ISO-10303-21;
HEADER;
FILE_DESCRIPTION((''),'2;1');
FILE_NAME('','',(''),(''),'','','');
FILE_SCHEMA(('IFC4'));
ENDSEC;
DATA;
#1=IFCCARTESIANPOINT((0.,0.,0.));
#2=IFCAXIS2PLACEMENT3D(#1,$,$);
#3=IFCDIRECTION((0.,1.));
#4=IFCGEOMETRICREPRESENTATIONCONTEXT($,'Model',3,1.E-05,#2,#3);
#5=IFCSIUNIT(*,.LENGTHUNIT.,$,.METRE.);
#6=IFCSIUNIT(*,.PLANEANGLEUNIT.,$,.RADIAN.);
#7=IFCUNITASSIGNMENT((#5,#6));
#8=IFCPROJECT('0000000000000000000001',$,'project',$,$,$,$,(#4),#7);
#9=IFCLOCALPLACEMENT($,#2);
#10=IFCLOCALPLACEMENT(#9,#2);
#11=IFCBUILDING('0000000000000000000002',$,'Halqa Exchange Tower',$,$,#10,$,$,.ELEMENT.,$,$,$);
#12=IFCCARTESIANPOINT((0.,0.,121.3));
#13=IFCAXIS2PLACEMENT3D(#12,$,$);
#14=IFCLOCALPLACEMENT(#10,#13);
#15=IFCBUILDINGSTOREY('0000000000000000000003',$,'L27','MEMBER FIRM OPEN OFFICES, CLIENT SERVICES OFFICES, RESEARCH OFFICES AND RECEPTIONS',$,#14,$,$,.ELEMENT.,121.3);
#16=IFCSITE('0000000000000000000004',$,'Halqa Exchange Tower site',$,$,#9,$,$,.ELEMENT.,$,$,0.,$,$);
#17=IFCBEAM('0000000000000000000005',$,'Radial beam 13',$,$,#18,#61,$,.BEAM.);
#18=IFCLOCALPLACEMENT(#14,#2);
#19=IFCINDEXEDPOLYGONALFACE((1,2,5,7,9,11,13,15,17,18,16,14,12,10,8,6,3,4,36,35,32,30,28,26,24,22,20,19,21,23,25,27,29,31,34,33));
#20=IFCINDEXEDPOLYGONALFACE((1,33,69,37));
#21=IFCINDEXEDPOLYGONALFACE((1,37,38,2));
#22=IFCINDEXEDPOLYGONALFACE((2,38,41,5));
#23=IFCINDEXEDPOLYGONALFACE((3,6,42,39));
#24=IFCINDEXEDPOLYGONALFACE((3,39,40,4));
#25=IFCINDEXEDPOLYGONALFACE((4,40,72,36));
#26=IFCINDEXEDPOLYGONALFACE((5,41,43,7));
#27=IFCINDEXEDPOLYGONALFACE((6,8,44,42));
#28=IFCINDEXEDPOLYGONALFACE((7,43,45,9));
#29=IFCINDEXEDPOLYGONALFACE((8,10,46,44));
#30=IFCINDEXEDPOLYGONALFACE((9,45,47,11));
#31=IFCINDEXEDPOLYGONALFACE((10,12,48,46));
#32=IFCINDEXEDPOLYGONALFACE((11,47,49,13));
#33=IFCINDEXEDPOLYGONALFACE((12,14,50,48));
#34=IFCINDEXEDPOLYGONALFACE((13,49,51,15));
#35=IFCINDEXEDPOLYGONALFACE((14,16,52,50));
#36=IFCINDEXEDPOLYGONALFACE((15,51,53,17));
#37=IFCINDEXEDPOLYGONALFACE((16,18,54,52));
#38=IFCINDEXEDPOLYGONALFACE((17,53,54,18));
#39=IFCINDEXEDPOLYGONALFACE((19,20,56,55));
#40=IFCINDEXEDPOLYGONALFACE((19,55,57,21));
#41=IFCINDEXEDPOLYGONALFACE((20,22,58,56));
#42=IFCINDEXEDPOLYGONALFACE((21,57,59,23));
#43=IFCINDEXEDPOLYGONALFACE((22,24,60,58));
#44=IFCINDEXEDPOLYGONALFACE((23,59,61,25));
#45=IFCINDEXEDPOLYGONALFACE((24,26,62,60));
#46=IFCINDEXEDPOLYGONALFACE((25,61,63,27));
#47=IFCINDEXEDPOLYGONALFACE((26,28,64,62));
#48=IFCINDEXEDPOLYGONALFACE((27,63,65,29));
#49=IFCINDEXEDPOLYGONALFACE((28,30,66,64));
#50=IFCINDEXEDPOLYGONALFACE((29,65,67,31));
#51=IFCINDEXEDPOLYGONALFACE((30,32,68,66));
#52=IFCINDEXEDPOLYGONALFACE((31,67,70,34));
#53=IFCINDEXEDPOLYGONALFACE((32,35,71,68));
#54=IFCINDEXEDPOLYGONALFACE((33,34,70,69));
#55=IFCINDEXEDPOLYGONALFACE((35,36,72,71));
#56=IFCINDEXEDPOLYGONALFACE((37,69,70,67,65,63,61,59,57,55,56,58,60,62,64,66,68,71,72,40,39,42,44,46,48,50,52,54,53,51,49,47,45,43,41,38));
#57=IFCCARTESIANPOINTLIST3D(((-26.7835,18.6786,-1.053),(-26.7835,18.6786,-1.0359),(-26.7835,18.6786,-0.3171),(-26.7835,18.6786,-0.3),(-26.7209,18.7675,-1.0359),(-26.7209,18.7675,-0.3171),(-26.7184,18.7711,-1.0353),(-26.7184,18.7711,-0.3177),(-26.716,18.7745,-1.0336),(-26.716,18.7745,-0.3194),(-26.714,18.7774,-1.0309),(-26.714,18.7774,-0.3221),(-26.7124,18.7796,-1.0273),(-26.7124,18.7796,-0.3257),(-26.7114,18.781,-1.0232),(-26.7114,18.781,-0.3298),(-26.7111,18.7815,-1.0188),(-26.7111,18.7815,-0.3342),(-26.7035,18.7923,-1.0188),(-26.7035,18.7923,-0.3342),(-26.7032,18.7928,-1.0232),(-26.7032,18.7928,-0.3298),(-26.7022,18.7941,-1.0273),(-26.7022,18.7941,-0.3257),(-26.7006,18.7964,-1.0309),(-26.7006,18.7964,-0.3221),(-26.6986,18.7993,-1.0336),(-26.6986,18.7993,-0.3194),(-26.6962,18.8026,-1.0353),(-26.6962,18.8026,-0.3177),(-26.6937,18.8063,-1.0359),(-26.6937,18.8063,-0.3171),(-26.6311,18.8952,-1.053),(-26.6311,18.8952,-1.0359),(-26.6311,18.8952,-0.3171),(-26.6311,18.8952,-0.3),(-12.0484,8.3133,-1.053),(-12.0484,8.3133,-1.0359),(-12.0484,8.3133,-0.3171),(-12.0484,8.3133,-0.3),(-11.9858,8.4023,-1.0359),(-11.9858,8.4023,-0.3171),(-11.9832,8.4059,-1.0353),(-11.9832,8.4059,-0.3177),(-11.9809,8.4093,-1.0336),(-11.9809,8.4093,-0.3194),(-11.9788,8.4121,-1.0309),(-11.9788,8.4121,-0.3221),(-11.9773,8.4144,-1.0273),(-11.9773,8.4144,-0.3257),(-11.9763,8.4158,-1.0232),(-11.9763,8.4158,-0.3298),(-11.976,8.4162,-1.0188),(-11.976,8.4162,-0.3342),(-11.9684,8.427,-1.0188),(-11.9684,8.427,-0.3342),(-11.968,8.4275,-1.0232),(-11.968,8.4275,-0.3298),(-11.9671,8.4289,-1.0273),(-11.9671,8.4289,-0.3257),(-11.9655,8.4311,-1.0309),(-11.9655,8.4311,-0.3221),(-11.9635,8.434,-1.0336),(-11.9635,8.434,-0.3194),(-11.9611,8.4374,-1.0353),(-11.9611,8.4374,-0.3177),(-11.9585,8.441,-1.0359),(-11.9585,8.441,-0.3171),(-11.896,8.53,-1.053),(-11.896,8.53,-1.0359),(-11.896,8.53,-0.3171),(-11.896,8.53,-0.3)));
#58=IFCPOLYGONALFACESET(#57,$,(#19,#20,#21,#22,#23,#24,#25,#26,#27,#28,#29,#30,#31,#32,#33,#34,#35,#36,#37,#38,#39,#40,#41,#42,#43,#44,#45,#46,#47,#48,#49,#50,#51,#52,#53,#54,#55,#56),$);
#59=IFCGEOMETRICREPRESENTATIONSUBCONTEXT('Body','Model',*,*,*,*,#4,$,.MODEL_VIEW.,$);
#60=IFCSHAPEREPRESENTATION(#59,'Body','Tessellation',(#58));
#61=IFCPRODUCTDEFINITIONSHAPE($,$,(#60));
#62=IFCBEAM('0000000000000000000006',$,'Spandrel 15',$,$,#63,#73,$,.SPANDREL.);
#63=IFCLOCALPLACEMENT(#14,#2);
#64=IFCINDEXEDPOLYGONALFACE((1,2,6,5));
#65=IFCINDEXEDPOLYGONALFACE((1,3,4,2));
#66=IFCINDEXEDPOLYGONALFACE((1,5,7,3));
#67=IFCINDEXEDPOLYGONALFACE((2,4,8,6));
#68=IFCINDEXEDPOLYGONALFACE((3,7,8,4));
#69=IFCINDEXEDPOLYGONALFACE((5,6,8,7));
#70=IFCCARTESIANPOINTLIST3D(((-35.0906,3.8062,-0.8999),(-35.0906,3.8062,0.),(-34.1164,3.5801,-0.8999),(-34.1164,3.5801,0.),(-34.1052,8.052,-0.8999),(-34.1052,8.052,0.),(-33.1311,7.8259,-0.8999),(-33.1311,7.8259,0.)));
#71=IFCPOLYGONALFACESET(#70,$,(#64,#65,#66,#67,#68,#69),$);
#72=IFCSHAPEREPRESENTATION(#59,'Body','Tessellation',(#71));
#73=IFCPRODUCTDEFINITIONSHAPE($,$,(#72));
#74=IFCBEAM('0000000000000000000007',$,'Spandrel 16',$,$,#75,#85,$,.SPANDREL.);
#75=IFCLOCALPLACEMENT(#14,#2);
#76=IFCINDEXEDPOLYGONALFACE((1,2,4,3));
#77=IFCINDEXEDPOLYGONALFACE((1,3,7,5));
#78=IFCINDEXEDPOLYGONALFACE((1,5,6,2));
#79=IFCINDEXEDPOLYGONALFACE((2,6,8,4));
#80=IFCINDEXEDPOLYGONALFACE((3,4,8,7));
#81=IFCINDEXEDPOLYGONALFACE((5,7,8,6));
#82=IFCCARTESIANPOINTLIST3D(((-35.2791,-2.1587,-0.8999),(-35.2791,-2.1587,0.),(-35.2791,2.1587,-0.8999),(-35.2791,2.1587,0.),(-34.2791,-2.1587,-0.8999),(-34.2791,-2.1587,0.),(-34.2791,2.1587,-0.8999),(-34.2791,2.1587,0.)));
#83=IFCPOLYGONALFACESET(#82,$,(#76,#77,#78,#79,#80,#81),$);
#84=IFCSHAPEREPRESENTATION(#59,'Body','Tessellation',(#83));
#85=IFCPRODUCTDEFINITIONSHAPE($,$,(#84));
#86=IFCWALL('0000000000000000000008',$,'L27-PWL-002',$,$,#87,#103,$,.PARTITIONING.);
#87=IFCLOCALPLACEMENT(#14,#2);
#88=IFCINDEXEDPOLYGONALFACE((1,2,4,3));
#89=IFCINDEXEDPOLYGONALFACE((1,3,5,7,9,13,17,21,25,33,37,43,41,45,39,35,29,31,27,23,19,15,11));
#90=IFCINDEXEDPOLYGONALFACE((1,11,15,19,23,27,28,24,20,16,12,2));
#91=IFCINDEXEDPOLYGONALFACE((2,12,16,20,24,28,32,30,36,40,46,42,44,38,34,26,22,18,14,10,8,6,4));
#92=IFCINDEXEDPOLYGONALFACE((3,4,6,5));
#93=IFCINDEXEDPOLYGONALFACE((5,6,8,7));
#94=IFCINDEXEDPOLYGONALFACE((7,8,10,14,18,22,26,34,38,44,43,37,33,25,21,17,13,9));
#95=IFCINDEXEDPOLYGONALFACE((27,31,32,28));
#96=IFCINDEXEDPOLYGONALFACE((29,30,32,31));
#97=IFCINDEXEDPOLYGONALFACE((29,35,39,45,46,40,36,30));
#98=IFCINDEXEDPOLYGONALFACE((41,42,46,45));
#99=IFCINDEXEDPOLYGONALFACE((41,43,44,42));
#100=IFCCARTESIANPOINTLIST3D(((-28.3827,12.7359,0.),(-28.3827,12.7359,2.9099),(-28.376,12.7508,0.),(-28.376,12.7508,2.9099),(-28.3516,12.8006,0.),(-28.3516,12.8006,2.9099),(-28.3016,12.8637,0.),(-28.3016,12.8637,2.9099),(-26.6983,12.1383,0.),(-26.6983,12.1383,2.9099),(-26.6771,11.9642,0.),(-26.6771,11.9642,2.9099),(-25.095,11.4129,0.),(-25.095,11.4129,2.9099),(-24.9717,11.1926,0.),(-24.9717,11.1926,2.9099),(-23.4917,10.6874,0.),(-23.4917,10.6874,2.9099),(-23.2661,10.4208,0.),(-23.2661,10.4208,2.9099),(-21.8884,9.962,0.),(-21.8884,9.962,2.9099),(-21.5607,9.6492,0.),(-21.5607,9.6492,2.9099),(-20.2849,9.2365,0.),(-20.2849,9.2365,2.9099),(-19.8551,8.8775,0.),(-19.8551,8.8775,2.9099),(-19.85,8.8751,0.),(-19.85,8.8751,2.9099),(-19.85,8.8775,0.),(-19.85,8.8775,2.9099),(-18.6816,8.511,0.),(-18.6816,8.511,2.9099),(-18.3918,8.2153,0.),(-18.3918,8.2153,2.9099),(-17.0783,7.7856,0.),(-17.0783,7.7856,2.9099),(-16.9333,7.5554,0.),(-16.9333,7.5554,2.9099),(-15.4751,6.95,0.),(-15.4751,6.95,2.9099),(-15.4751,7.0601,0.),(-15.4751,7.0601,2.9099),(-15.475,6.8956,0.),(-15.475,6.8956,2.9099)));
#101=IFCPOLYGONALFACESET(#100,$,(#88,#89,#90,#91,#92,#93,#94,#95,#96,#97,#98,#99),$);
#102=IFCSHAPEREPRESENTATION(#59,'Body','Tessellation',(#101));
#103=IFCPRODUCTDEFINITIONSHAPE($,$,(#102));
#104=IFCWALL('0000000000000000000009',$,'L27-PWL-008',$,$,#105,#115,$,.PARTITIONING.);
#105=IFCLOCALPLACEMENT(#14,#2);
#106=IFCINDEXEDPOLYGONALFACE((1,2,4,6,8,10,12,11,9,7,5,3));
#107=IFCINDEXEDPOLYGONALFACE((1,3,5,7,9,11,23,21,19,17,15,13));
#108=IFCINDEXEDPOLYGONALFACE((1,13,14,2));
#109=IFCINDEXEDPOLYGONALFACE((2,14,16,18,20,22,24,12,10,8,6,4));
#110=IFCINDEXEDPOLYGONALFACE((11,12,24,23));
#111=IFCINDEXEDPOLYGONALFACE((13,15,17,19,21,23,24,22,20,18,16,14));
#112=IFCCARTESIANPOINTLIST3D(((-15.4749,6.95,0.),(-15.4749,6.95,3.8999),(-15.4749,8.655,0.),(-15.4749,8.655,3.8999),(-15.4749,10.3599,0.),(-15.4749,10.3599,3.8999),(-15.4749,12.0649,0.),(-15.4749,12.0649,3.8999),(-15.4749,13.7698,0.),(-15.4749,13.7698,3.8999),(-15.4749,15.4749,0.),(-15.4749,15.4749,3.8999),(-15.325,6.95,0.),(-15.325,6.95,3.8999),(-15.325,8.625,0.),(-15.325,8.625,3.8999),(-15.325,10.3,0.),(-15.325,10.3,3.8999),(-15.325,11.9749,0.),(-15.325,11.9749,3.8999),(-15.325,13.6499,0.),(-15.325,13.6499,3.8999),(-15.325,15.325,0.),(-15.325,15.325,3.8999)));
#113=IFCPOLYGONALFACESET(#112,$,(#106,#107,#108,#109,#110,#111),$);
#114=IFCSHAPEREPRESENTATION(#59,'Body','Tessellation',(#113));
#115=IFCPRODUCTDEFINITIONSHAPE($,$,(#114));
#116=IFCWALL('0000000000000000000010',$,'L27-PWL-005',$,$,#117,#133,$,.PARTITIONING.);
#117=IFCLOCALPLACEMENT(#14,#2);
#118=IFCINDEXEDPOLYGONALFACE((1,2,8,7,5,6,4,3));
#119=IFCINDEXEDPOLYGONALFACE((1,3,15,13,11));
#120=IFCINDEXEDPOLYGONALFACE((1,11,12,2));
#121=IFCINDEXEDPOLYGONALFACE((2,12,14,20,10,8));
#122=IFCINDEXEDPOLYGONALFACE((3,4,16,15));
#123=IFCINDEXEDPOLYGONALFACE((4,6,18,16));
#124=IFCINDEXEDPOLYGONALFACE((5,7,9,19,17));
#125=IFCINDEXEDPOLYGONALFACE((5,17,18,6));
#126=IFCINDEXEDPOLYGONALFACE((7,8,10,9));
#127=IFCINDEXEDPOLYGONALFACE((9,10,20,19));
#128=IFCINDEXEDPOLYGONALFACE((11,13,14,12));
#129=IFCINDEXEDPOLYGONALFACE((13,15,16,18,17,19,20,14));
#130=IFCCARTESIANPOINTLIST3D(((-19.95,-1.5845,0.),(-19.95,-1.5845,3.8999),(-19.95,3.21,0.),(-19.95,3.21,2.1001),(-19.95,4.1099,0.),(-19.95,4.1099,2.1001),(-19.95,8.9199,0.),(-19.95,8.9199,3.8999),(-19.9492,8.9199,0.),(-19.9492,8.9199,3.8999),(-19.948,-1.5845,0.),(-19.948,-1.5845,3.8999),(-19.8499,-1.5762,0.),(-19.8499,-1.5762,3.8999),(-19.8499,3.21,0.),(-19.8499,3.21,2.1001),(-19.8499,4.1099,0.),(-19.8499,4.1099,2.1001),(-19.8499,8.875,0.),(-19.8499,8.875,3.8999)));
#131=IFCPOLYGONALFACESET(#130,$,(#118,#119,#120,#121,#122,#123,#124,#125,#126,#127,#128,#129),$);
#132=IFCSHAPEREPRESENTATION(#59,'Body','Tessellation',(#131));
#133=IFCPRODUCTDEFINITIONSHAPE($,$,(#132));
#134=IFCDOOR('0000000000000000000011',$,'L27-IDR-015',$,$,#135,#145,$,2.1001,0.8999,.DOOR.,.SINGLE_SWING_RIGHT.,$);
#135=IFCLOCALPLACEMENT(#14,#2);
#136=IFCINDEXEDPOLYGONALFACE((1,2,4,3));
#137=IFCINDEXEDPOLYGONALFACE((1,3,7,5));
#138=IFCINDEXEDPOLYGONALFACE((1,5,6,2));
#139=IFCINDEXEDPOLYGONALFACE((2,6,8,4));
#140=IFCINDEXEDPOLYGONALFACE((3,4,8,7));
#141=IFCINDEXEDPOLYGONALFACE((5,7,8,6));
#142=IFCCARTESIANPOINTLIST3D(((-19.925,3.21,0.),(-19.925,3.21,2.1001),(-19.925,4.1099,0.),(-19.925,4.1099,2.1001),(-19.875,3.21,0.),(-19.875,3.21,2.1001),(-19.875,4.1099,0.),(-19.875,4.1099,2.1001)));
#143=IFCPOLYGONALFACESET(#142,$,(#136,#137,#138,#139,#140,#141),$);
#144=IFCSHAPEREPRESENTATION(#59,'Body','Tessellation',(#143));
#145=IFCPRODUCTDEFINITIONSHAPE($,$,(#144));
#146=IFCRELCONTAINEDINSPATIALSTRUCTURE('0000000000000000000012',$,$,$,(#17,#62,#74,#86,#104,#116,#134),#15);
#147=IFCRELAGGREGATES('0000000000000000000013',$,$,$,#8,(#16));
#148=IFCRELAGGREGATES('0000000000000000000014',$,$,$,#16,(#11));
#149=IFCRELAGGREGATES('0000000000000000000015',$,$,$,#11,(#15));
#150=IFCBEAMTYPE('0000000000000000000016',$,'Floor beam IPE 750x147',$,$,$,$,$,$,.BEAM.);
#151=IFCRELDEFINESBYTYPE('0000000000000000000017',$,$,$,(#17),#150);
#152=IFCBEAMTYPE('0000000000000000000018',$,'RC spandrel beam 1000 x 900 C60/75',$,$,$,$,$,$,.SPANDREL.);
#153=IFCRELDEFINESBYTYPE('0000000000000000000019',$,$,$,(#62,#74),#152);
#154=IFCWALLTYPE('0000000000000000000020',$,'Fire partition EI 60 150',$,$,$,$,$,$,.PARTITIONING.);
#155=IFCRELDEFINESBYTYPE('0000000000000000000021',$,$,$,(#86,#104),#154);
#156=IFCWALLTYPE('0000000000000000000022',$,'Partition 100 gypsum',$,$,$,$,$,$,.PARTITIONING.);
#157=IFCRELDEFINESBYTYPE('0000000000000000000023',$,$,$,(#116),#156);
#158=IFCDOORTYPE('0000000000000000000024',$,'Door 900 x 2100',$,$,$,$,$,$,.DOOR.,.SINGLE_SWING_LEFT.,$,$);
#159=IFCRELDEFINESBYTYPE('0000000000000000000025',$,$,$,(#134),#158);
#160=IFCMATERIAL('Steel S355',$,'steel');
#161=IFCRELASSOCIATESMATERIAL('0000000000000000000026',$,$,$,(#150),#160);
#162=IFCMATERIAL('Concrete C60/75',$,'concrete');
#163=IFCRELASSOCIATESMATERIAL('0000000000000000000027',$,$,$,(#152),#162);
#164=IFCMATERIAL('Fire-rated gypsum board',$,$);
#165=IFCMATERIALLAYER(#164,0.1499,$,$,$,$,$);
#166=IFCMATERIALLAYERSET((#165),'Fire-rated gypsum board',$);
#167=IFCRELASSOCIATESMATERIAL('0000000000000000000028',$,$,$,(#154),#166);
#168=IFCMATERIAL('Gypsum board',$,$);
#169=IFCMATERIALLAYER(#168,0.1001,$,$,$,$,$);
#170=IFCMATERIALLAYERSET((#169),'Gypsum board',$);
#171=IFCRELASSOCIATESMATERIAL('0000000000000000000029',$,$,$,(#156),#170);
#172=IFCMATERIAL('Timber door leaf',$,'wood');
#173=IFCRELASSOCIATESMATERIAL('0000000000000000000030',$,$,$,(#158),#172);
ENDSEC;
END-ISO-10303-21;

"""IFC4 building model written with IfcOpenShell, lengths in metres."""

from ifc_helpers import new_model, si_unit, direction, frame, frame_2d, origin, origin_2d, place, context, subcontext, project, spatial, polyline, rectangle, i_section, outline, extrude, material, layer, layer_set, material_profile, profile_set, type_object, element, fill, save


model = new_model("IFC4")

# Units and contexts
model_context = context("Model", 3, precision=1e-05, world=origin(), true_north=direction((0.0, 1.0)))
body_context = subcontext(model_context, "Body", "Model", "MODEL_VIEW")
ifc_project = project(units=[si_unit("LENGTHUNIT", "METRE"), si_unit("PLANEANGLEUNIT", "RADIAN")], contexts=[model_context])

# Site, building, storey
site_placement = place(None, origin())
site = spatial("IfcSite", under=ifc_project, at=site_placement, Name="Halqa Exchange Tower site", CompositionType="ELEMENT", RefElevation=0.0)
building_placement = place(site_placement, origin())
building = spatial("IfcBuilding", under=site, at=building_placement, Name="Halqa Exchange Tower", CompositionType="ELEMENT")
storey_placement = place(building_placement, frame((0.0, 0.0, 121.3)))
storey = spatial("IfcBuildingStorey", under=building, at=storey_placement, Name="L27", Description="MEMBER FIRM OPEN OFFICES, CLIENT SERVICES OFFICES, RESEARCH OFFICES AND RECEPTIONS", CompositionType="ELEMENT", Elevation=121.3)

# Beams
ifc_material_1 = material(Name="Steel S355", Category="steel")
ifc_material_profile_1 = material_profile(ifc_material_1, i_section(OverallWidth=0.2649, OverallDepth=0.7529, WebThickness=0.0132, FlangeThickness=0.0171, FilletRadius=0.0171, at=origin_2d()), Name="IPE 750x147")
ifc_profile_set_1 = profile_set([ifc_material_profile_1], Name="Steel S355")
beam_type_1 = type_object("IfcBeamType", Name="Floor beam IPE 750x147", PredefinedType="BEAM", material=ifc_profile_set_1)
beam_1_placement = place(storey_placement, frame((-11.9722, 8.4216, -0.6765), z_axis=(-0.817909, 0.575348, 0.0), x_axis=(-0.575348, -0.817909, 0.0)))
element("IfcBeam", 1, at=beam_1_placement, inside=storey, type_object=beam_type_1, Name="Radial beam 13", PredefinedType="BEAM", context=body_context, shape_type="SweptSolid", body=[
    extrude(i_section(OverallWidth=0.2649, OverallDepth=0.7529, WebThickness=0.0132, FlangeThickness=0.0171, FilletRadius=0.0171, at=origin_2d()), origin(), (0.0, 0.0, 1.0), 18.0156),
])
ifc_material_2 = material(Name="Concrete C60/75", Category="concrete")
ifc_material_profile_2 = material_profile(ifc_material_2, rectangle(XDim=1.0, YDim=0.8999, at=origin_2d()), Name="1000 x 900")
ifc_profile_set_2 = profile_set([ifc_material_profile_2], Name="Concrete C60/75")
beam_type_2 = type_object("IfcBeamType", Name="RC spandrel beam 1000 x 900 C60/75", PredefinedType="SPANDREL", material=ifc_profile_set_2)
beam_2_placement = place(storey_placement, frame((-33.6182, 7.939, -0.45), z_axis=(-0.226066, -0.974112, 0.0), x_axis=(0.974112, -0.226066, 0.0)))
element("IfcBeam", 2, at=beam_2_placement, inside=storey, type_object=beam_type_2, Name="Spandrel 15", PredefinedType="SPANDREL", context=body_context, shape_type="SweptSolid", body=[
    extrude(rectangle(XDim=1.0, YDim=0.8999, at=origin_2d()), origin(), (0.0, 0.0, 1.0), 4.3586),
])
beam_3_placement = place(storey_placement, frame((-34.7791, 2.1587, -0.45), z_axis=(0.0, -1.0, 0.0), x_axis=(1.0, 0.0, 0.0)))
element("IfcBeam", 3, at=beam_3_placement, inside=storey, type_object=beam_type_2, Name="Spandrel 16", PredefinedType="SPANDREL", context=body_context, shape_type="SweptSolid", body=[
    extrude(rectangle(XDim=1.0, YDim=0.8999, at=origin_2d()), origin(), (0.0, 0.0, 1.0), 4.3174),
])

# Walls
ifc_material_3 = material(Name="Fire-rated gypsum board")
ifc_layer_1 = layer(ifc_material_3, 0.1499)
ifc_layer_set_1 = layer_set([ifc_layer_1], Name="Fire-rated gypsum board")
wall_type_1 = type_object("IfcWallType", Name="Fire partition EI 60 150", PredefinedType="PARTITIONING", material=ifc_layer_set_1)
wall_1_placement = place(storey_placement, frame((-28.3518, 12.8042, 0.0), z_axis=(0.0, 0.0, 1.0), x_axis=(0.911078, -0.412234, 0.0)))
element("IfcWall", 4, at=wall_1_placement, inside=storey, type_object=wall_type_1, Name="L27-PWL-002", PredefinedType="PARTITIONING", context=body_context, shape_type="SweptSolid", body=[
    extrude(outline(polyline([(0.0, -0.075), (1.8721, -0.075), (3.7439, -0.075), (5.616, -0.075), (7.4878, -0.075), (9.3599, -0.075), (9.3645, -0.0728), (9.3655, -0.075), (10.9661, -0.075), (12.5669, -0.075), (14.1675, -0.075), (14.1675, -0.075), (14.145, -0.0254), (14.0996, 0.075), (12.3398, 0.075), (10.5801, 0.075), (8.8203, 0.075), (7.0603, 0.075), (5.3005, 0.075), (3.5408, 0.075), (1.781, 0.075), (0.0212, 0.075), (0.0017, -0.0032), (0.0, -0.0586), (0.0, -0.075)])), origin(), (0.0, 0.0, 1.0), 2.9099),
])
wall_2_placement = place(storey_placement, frame((-15.3999, 6.95, 0.0), z_axis=(0.0, 0.0, 1.0), x_axis=(0.0, 1.0, 0.0)))
element("IfcWall", 5, at=wall_2_placement, inside=storey, type_object=wall_type_1, Name="L27-PWL-008", PredefinedType="PARTITIONING", context=body_context, shape_type="SweptSolid", body=[
    extrude(outline(polyline([(0.0, -0.075), (1.675, -0.075), (3.3501, -0.075), (5.0249, -0.075), (6.7, -0.075), (8.375, -0.075), (8.5249, 0.075), (6.8198, 0.075), (5.115, 0.075), (3.4099, 0.075), (1.7051, 0.075), (0.0, 0.075), (0.0, -0.075)])), origin(), (0.0, 0.0, 1.0), 3.8999),
])

# Wall, opening, door
ifc_material_4 = material(Name="Gypsum board")
ifc_layer_2 = layer(ifc_material_4, 0.1001)
ifc_layer_set_2 = layer_set([ifc_layer_2], Name="Gypsum board")
wall_type_2 = type_object("IfcWallType", Name="Partition 100 gypsum", PredefinedType="PARTITIONING", material=ifc_layer_set_2)
wall_3_placement = place(storey_placement, frame((-19.8999, -1.5845, 0.0), z_axis=(0.0, 0.0, 1.0), x_axis=(0.0, 1.0, 0.0)))
wall_3 = element("IfcWall", 6, at=wall_3_placement, inside=storey, type_object=wall_type_2, Name="L27-PWL-005", PredefinedType="PARTITIONING", context=body_context, shape_type="SweptSolid", body=[
    extrude(outline(polyline([(0.0083, -0.05), (1.75, -0.05), (3.4919, -0.05), (5.2339, -0.05), (6.9756, -0.05), (8.7175, -0.05), (10.4595, -0.05), (10.5044, 0.0493), (10.5044, 0.05), (8.7537, 0.05), (7.0029, 0.05), (5.2522, 0.05), (3.5015, 0.05), (1.7507, 0.05), (0.0, 0.05), (0.0, 0.0481), (0.0083, -0.05)])), origin(), (0.0, 0.0, 1.0), 3.8999),
])
opening_1_placement = place(wall_3_placement, frame((4.7944, 0.0, 0.0)))
opening_1 = element("IfcOpeningElement", 7, at=opening_1_placement, cuts=wall_3, PredefinedType="OPENING", context=body_context, shape_type="SweptSolid", body=[
    extrude(rectangle(XDim=0.8999, YDim=2.1001, at=frame_2d((0.45, 1.05))), frame((0.0, 0.062, 0.0), z_axis=(0.0, -1.0, 0.0), x_axis=(1.0, 0.0, 0.0)), (0.0, 0.0, 1.0), 0.124),
])
ifc_material_5 = material(Name="Timber door leaf", Category="wood")
door_type_1 = type_object("IfcDoorType", Name="Door 900 x 2100", OperationType="SINGLE_SWING_LEFT", PredefinedType="DOOR", material=ifc_material_5)
door_1_placement = place(opening_1_placement, frame((0.8999, 0.0, 0.0), z_axis=(0.0, 0.0, 1.0), x_axis=(-1.0, 0.0, 0.0)))
door_1 = element("IfcDoor", 8, at=door_1_placement, inside=storey, type_object=door_type_1, Name="L27-IDR-015", OperationType="SINGLE_SWING_RIGHT", OverallHeight=2.1001, OverallWidth=0.8999, PredefinedType="DOOR", context=body_context, shape_type="SweptSolid", body=[
    extrude(rectangle(XDim=0.8999, YDim=2.1001, at=frame_2d((0.45, 1.05))), frame((0.0, 0.0249, 0.0), z_axis=(0.0, -1.0, 0.0), x_axis=(1.0, 0.0, 0.0)), (0.0, 0.0, 1.0), 0.05),
])
fill(opening_1, door_1)

save(model, "model.ifc")
